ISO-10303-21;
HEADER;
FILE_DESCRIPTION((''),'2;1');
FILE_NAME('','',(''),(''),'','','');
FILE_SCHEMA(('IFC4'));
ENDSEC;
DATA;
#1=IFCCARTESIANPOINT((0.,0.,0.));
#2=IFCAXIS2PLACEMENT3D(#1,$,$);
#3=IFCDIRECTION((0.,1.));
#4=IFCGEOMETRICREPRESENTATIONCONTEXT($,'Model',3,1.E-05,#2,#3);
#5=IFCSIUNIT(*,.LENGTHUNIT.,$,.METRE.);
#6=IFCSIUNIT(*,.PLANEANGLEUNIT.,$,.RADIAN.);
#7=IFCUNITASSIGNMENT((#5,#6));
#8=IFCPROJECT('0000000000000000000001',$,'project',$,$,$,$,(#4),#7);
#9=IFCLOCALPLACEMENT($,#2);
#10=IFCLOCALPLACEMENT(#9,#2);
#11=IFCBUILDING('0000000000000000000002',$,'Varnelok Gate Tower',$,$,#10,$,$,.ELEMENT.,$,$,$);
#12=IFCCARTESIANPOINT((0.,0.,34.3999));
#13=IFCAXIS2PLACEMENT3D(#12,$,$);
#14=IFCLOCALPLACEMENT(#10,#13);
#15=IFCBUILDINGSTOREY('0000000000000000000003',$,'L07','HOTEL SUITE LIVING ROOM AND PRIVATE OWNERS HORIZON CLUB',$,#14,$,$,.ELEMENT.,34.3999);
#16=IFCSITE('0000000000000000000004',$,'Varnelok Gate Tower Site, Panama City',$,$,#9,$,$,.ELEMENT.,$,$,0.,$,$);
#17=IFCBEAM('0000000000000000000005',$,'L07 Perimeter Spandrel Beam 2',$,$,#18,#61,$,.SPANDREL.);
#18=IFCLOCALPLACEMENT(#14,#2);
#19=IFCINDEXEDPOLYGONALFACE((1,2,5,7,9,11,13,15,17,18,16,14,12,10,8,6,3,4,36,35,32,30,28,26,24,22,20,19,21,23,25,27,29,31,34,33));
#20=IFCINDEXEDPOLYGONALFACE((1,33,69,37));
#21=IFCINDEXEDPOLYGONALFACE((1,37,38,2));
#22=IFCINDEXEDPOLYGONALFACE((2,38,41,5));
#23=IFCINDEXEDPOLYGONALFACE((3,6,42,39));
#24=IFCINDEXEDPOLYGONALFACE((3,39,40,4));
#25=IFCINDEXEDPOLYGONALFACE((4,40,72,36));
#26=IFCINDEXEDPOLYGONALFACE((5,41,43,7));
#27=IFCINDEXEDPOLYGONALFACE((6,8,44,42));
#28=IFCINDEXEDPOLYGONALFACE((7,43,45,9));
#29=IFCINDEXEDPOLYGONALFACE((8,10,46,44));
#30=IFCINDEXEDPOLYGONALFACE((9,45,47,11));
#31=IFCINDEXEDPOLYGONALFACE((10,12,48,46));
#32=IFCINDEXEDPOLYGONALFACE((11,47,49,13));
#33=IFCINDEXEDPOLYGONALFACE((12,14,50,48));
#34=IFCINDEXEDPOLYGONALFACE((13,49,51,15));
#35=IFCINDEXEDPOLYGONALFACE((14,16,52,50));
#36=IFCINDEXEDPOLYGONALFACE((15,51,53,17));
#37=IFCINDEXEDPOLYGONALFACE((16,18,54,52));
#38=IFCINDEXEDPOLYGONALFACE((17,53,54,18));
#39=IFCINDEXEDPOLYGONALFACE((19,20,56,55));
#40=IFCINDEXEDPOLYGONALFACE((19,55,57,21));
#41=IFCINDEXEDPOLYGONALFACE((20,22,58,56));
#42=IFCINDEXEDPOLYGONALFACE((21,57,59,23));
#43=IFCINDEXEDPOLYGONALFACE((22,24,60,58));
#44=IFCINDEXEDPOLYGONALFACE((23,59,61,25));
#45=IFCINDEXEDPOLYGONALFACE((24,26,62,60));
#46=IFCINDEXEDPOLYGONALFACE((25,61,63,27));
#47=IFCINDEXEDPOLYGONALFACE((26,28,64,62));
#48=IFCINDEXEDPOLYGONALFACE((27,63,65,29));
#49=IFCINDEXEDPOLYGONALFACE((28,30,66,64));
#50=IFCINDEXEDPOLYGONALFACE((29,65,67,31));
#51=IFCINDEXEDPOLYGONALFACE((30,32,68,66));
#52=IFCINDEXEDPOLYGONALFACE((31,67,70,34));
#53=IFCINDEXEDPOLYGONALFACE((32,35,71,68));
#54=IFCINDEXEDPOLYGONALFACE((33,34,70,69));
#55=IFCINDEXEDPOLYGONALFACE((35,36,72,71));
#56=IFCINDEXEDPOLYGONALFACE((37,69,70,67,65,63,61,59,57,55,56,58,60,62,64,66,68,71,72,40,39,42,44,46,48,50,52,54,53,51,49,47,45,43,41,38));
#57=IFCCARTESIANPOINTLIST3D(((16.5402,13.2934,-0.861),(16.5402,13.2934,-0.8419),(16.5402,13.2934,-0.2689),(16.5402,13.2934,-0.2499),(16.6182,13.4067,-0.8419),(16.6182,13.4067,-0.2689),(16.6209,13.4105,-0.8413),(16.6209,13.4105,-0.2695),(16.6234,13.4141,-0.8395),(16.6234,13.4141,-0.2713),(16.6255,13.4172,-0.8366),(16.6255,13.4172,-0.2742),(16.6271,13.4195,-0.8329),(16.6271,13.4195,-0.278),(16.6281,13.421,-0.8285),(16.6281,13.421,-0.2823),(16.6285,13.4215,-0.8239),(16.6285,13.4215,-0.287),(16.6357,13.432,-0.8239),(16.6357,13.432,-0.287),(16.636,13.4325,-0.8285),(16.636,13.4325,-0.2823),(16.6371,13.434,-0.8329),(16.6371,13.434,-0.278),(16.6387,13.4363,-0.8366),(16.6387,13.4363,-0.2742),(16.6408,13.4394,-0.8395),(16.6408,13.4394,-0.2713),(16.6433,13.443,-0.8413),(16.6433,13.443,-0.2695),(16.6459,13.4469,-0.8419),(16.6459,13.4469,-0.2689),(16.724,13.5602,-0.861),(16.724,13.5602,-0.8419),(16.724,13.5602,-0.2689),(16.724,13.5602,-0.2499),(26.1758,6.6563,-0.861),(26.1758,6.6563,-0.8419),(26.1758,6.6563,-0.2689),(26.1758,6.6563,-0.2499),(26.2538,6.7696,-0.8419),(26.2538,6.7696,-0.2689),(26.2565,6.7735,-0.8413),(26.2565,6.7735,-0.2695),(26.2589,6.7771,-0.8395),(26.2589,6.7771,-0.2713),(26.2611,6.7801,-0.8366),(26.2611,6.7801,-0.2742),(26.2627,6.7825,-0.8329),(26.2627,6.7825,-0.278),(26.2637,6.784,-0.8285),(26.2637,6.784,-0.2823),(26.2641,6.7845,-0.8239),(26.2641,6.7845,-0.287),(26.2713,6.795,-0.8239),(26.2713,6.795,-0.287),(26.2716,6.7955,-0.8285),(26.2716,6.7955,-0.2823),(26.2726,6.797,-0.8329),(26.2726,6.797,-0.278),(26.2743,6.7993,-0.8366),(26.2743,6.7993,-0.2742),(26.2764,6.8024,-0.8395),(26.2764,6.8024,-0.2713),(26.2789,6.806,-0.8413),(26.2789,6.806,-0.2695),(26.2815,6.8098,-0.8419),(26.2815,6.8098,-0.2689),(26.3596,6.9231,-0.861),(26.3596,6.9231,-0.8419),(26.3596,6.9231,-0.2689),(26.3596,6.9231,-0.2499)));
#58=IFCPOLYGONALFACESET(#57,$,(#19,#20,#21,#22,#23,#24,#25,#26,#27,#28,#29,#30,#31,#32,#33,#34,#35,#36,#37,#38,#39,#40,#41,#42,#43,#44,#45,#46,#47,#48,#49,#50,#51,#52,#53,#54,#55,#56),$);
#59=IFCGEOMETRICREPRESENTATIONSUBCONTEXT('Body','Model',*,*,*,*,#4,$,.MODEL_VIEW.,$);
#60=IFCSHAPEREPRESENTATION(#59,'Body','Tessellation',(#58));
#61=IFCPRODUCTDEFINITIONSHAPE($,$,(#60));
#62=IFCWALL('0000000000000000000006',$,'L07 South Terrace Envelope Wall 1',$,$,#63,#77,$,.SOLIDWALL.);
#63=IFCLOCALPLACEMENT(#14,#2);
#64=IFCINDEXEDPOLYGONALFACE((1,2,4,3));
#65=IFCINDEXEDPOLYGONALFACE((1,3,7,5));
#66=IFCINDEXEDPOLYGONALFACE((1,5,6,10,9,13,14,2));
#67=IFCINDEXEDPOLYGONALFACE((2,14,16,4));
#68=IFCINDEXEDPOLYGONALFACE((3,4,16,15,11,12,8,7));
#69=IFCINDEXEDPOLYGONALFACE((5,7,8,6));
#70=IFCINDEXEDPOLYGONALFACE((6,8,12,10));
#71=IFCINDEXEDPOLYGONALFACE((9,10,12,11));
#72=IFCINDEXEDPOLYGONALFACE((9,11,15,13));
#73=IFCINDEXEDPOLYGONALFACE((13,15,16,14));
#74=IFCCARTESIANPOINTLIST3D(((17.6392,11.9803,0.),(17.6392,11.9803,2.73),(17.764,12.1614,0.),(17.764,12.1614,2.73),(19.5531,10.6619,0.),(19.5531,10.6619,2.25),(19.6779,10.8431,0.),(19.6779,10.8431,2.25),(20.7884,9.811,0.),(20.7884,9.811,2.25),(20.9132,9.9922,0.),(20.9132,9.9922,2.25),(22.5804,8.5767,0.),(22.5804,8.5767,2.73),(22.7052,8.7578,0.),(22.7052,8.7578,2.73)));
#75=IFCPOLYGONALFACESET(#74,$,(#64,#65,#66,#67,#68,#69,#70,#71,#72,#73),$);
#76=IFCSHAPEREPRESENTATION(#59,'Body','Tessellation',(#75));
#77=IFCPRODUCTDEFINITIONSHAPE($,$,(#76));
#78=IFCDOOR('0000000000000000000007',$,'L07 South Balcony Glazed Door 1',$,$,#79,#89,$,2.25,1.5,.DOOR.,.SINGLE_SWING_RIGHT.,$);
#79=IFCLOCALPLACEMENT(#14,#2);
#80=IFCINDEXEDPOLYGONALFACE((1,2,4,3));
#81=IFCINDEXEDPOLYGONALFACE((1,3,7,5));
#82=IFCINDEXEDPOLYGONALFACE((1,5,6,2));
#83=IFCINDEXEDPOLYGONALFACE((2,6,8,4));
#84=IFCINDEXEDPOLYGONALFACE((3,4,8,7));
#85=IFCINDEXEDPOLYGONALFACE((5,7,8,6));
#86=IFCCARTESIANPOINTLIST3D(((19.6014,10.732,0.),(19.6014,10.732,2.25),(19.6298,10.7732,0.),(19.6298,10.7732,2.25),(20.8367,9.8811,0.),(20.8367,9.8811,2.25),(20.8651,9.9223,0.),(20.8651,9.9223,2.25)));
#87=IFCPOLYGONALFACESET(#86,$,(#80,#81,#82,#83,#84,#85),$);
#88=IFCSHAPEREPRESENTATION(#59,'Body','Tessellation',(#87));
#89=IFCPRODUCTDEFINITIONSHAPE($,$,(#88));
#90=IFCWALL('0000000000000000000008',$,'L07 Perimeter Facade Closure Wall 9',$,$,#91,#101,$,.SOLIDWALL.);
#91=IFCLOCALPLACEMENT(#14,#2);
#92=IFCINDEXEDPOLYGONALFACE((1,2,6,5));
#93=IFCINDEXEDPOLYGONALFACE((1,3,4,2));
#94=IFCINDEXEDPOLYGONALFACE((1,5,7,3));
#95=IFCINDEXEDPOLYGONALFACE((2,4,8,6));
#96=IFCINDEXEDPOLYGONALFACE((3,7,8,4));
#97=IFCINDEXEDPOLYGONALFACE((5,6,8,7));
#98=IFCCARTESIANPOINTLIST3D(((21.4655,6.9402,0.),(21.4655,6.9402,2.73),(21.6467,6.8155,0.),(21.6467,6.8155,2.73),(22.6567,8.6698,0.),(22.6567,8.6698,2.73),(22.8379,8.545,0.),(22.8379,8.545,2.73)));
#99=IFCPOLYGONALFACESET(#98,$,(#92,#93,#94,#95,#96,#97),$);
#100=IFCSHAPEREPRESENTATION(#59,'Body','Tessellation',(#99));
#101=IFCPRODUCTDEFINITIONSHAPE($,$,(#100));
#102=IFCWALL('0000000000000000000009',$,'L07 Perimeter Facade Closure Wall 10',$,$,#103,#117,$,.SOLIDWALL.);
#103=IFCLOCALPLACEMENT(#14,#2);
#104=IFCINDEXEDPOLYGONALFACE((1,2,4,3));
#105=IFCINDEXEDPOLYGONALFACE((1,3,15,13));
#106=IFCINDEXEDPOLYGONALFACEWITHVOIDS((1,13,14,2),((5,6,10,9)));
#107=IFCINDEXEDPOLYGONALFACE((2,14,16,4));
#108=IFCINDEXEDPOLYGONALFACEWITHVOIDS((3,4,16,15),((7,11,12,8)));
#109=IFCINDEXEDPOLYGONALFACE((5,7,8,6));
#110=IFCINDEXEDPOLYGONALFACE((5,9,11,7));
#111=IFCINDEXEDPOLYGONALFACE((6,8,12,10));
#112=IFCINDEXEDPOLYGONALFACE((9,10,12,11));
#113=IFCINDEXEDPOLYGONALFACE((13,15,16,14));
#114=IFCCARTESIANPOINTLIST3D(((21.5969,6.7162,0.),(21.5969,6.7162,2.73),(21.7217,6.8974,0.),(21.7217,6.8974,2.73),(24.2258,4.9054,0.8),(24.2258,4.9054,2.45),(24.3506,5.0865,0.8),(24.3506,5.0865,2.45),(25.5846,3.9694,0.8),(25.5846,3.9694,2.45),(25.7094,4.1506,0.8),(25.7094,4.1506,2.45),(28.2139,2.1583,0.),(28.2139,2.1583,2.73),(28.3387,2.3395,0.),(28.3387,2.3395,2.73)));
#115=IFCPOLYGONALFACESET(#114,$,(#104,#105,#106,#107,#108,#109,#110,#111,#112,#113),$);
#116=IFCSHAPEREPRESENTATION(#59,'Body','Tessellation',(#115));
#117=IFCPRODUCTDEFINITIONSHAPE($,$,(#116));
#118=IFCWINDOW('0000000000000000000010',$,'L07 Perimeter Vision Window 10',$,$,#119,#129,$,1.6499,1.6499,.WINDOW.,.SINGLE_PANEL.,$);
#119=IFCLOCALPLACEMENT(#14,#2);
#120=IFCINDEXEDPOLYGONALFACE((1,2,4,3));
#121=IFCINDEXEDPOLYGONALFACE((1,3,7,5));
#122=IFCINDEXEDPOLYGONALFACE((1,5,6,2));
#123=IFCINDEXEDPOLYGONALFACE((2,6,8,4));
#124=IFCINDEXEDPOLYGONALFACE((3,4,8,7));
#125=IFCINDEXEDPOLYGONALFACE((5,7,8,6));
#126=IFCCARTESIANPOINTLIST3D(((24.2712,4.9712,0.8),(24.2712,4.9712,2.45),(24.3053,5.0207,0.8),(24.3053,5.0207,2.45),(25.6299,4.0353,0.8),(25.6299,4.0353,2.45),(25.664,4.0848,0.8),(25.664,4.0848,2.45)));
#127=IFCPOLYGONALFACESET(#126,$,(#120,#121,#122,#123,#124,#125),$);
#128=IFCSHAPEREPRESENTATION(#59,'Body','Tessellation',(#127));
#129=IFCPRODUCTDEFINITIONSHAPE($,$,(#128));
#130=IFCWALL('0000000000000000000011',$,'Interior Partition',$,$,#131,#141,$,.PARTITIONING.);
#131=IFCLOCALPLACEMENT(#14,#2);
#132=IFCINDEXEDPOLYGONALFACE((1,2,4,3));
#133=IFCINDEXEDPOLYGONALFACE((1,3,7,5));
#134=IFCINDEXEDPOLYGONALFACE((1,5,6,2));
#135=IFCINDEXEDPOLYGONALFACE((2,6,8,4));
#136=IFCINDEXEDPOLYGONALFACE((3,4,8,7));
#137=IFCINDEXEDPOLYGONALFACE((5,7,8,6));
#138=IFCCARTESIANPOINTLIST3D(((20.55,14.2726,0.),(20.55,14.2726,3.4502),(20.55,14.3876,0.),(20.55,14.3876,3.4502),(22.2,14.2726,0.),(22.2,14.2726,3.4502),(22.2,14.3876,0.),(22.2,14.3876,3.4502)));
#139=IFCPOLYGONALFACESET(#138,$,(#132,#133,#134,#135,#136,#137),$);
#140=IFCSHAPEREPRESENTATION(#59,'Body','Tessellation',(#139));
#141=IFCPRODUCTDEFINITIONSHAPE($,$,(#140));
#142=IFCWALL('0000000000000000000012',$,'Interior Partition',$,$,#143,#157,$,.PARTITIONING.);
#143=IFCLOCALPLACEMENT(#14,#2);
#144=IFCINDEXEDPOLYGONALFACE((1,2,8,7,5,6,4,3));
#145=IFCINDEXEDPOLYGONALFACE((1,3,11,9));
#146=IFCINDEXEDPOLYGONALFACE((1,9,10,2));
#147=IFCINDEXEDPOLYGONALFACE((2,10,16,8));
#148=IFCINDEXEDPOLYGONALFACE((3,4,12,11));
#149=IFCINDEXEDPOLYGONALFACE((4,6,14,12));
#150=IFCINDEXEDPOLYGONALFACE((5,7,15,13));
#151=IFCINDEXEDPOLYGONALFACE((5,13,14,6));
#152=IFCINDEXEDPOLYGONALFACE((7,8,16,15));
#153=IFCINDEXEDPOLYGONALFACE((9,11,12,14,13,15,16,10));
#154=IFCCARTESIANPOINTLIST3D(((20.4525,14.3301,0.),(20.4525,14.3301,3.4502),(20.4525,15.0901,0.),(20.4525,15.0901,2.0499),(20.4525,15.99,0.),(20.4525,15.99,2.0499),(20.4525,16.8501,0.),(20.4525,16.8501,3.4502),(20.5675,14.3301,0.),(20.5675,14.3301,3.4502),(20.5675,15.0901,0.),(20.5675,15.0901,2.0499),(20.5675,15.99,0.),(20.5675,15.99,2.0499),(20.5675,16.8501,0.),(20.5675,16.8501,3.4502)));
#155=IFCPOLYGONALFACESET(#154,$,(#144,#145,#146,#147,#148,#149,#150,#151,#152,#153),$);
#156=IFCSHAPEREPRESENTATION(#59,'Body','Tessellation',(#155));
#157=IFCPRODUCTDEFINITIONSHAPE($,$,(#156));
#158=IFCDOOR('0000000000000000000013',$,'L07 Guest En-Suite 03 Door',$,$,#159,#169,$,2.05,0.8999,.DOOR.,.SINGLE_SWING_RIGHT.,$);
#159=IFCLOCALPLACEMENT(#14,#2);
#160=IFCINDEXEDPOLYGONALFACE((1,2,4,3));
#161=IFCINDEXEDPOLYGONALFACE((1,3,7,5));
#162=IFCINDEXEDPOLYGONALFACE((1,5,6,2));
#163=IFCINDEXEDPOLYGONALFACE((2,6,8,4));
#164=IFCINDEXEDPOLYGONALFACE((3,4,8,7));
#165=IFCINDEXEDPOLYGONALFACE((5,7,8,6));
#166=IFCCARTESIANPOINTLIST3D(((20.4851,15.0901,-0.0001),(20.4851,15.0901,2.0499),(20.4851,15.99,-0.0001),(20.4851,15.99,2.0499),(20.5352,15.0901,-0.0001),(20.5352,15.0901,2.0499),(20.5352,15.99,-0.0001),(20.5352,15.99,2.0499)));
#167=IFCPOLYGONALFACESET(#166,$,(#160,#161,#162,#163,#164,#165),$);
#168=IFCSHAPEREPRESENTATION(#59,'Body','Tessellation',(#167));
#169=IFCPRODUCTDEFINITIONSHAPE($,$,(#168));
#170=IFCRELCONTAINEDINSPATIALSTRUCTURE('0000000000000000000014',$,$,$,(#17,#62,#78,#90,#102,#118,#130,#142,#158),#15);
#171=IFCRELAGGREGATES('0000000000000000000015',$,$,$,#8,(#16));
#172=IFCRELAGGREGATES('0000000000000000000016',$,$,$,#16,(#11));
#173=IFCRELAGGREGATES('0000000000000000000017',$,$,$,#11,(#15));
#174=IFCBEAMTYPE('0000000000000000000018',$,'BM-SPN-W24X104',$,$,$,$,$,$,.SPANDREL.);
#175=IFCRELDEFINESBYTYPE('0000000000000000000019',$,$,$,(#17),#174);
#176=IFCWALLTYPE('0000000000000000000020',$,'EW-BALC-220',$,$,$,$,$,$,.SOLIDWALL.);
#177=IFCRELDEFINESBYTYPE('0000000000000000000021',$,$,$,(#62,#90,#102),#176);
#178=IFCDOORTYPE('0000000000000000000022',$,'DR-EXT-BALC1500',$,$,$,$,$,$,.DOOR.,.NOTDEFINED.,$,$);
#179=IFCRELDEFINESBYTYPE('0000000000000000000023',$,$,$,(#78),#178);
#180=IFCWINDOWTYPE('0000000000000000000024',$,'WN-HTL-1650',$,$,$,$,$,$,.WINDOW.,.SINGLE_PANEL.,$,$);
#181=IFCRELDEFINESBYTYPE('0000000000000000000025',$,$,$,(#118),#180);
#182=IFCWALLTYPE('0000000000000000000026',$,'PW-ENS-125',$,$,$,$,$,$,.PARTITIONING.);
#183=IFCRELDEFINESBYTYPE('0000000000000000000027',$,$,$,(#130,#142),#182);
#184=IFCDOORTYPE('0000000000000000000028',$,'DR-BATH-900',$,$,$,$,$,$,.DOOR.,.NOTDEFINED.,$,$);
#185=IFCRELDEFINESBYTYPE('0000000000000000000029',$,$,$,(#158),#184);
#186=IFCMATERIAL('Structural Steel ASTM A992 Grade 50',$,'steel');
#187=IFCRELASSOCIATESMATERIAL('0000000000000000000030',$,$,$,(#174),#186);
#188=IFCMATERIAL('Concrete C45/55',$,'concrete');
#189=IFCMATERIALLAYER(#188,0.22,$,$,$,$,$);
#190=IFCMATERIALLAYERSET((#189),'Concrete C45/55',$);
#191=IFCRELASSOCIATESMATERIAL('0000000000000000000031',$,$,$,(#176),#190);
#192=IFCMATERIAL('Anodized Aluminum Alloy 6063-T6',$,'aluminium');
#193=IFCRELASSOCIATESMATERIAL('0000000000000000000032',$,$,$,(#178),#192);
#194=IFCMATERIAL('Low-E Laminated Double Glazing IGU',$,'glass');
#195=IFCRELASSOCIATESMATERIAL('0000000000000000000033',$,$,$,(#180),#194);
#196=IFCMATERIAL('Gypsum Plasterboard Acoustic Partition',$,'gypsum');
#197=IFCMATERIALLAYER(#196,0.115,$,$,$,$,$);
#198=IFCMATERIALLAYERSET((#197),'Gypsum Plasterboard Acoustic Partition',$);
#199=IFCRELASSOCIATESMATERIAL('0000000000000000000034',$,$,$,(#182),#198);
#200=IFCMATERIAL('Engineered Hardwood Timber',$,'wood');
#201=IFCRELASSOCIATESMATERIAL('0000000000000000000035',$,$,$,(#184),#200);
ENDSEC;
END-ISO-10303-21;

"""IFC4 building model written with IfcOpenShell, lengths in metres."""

from ifc_helpers import new_model, si_unit, direction, frame, frame_2d, origin, origin_2d, place, context, subcontext, project, spatial, rectangle, i_section, extrude, material, layer, layer_set, material_profile, profile_set, type_object, element, fill, save


model = new_model("IFC4")

# Units and contexts
model_context = context("Model", 3, precision=1e-05, world=origin(), true_north=direction((0.0, 1.0)))
body_context = subcontext(model_context, "Body", "Model", "MODEL_VIEW")
ifc_project = project(units=[si_unit("LENGTHUNIT", "METRE"), si_unit("PLANEANGLEUNIT", "RADIAN")], contexts=[model_context])

# Site, building, storey
site_placement = place(None, origin())
site = spatial("IfcSite", under=ifc_project, at=site_placement, Name="Varnelok Gate Tower Site, Panama City", CompositionType="ELEMENT", RefElevation=0.0)
building_placement = place(site_placement, origin())
building = spatial("IfcBuilding", under=site, at=building_placement, Name="Varnelok Gate Tower", CompositionType="ELEMENT")
storey_placement = place(building_placement, frame((0.0, 0.0, 34.3999)))
storey = spatial("IfcBuildingStorey", under=building, at=storey_placement, Name="L07", Description="HOTEL SUITE LIVING ROOM AND PRIVATE OWNERS HORIZON CLUB", CompositionType="ELEMENT", Elevation=34.3999)

# Shared definitions
ifc_material_1 = material(Name="Structural Steel ASTM A992 Grade 50", Category="steel")

# Beam
ifc_material_profile_1 = material_profile(ifc_material_1, i_section(OverallWidth=0.324, OverallDepth=0.6111, WebThickness=0.0127, FlangeThickness=0.019, FilletRadius=0.0181, at=origin_2d()), Name="W24X104")
ifc_profile_set_1 = profile_set([ifc_material_profile_1], Name="Structural Steel ASTM A992 Grade 50")
beam_type_1 = type_object("IfcBeamType", Name="BM-SPN-W24X104", PredefinedType="SPANDREL", material=ifc_profile_set_1)
beam_1_placement = place(storey_placement, frame((16.6321, 13.4268, -0.5554), z_axis=(0.823541, -0.567257, 0.0), x_axis=(0.567257, 0.823541, 0.0)))
element("IfcBeam", 1, at=beam_1_placement, inside=storey, type_object=beam_type_1, Name="L07 Perimeter Spandrel Beam 2", PredefinedType="SPANDREL", context=body_context, shape_type="SweptSolid", body=[
    extrude(i_section(OverallWidth=0.324, OverallDepth=0.6111, WebThickness=0.0127, FlangeThickness=0.019, FilletRadius=0.0181, at=origin_2d()), origin(), (0.0, 0.0, 1.0), 11.7002),
])

# Wall, opening, door
ifc_material_2 = material(Name="Concrete C45/55", Category="concrete")
ifc_layer_1 = layer(ifc_material_2, 0.22)
ifc_layer_set_1 = layer_set([ifc_layer_1], Name="Concrete C45/55")
wall_type_1 = type_object("IfcWallType", Name="EW-BALC-220", PredefinedType="SOLIDWALL", material=ifc_layer_set_1)
wall_1_placement = place(storey_placement, frame((22.6428, 8.6672, 0.0), z_axis=(0.0, 0.0, 1.0), x_axis=(-0.823535, 0.567266, 0.0)))
wall_1 = element("IfcWall", 2, at=wall_1_placement, inside=storey, type_object=wall_type_1, Name="L07 South Terrace Envelope Wall 1", PredefinedType="SOLIDWALL", context=body_context, shape_type="SweptSolid", body=[
    extrude(rectangle(XDim=6.0, YDim=0.22, at=frame_2d((3.0, 0.0))), origin(), (0.0, 0.0, 1.0), 2.73),
])
opening_1_placement = place(wall_1_placement, frame((2.176, 0.0, 0.0)))
opening_1 = element("IfcOpeningElement", 3, at=opening_1_placement, cuts=wall_1, PredefinedType="OPENING", context=body_context, shape_type="SweptSolid", body=[
    extrude(rectangle(XDim=1.5, YDim=2.25, at=frame_2d((0.75, 1.125))), frame((0.0, 0.1199, 0.0), z_axis=(0.0, -1.0, 0.0), x_axis=(1.0, 0.0, 0.0)), (0.0, 0.0, 1.0), 0.24),
])
ifc_material_3 = material(Name="Anodized Aluminum Alloy 6063-T6", Category="aluminium")
door_type_1 = type_object("IfcDoorType", Name="DR-EXT-BALC1500", OperationType="NOTDEFINED", PredefinedType="DOOR", material=ifc_material_3)
door_1_placement = place(opening_1_placement, origin())
door_1 = element("IfcDoor", 4, at=door_1_placement, inside=storey, type_object=door_type_1, Name="L07 South Balcony Glazed Door 1", OperationType="SINGLE_SWING_RIGHT", OverallHeight=2.25, OverallWidth=1.5, PredefinedType="DOOR", context=body_context, shape_type="SweptSolid", body=[
    extrude(rectangle(XDim=1.5, YDim=2.25, at=frame_2d((0.75, 1.125))), frame((0.0, 0.0249, 0.0), z_axis=(0.0, -1.0, 0.0), x_axis=(1.0, 0.0, 0.0)), (0.0, 0.0, 1.0), 0.05),
])
fill(opening_1, door_1)

# Wall
wall_2_placement = place(storey_placement, frame((22.7473, 8.6074, 0.0), z_axis=(0.0, 0.0, 1.0), x_axis=(-0.567219, -0.823567, 0.0)))
element("IfcWall", 5, at=wall_2_placement, inside=storey, type_object=wall_type_1, Name="L07 Perimeter Facade Closure Wall 9", PredefinedType="SOLIDWALL", context=body_context, shape_type="SweptSolid", body=[
    extrude(rectangle(XDim=2.1001, YDim=0.22, at=frame_2d((1.05, 0.0))), origin(), (0.0, 0.0, 1.0), 2.73),
])

# Wall, opening, window
wall_3_placement = place(storey_placement, frame((21.6592, 6.8069, 0.0), z_axis=(0.0, 0.0, 1.0), x_axis=(0.823535, -0.567265, 0.0)))
wall_3 = element("IfcWall", 6, at=wall_3_placement, inside=storey, type_object=wall_type_1, Name="L07 Perimeter Facade Closure Wall 10", PredefinedType="SOLIDWALL", context=body_context, shape_type="SweptSolid", body=[
    extrude(rectangle(XDim=8.0349, YDim=0.22, at=frame_2d((4.0176, 0.0))), origin(), (0.0, 0.0, 1.0), 2.73),
])
opening_2_placement = place(wall_3_placement, frame((3.1924, 0.0, 0.8)))
opening_2 = element("IfcOpeningElement", 7, at=opening_2_placement, cuts=wall_3, PredefinedType="OPENING", context=body_context, shape_type="SweptSolid", body=[
    extrude(rectangle(XDim=1.6499, YDim=1.6499, at=frame_2d((0.825, 0.825))), frame((0.0, 0.1199, 0.0), z_axis=(0.0, -1.0, 0.0), x_axis=(1.0, 0.0, 0.0)), (0.0, 0.0, 1.0), 0.24),
])
ifc_material_4 = material(Name="Low-E Laminated Double Glazing IGU", Category="glass")
window_type = type_object("IfcWindowType", Name="WN-HTL-1650", PartitioningType="SINGLE_PANEL", PredefinedType="WINDOW", material=ifc_material_4)
window_placement = place(opening_2_placement, origin())
window = element("IfcWindow", 8, at=window_placement, inside=storey, type_object=window_type, Name="L07 Perimeter Vision Window 10", OverallHeight=1.6499, OverallWidth=1.6499, PartitioningType="SINGLE_PANEL", PredefinedType="WINDOW", context=body_context, shape_type="SweptSolid", body=[
    extrude(rectangle(XDim=1.6499, YDim=1.6499, at=frame_2d((0.825, 0.825))), frame((0.0, 0.03, 0.0), z_axis=(0.0, -1.0, 0.0), x_axis=(1.0, 0.0, 0.0)), (0.0, 0.0, 1.0), 0.0601),
])
fill(opening_2, window)

# Shared definitions
ifc_material_5 = material(Name="Gypsum Plasterboard Acoustic Partition", Category="gypsum")
ifc_material_6 = material(Name="Engineered Hardwood Timber", Category="wood")

# Wall
ifc_layer_2 = layer(ifc_material_5, 0.115)
ifc_layer_set_2 = layer_set([ifc_layer_2], Name="Gypsum Plasterboard Acoustic Partition")
wall_type_2 = type_object("IfcWallType", Name="PW-ENS-125", PredefinedType="PARTITIONING", material=ifc_layer_set_2)
wall_4_placement = place(storey_placement, frame((20.55, 14.3301, 0.0), z_axis=(0.0, 0.0, 1.0), x_axis=(1.0, 0.0, 0.0)))
element("IfcWall", 9, at=wall_4_placement, inside=storey, type_object=wall_type_2, Name="Interior Partition", PredefinedType="PARTITIONING", context=body_context, shape_type="SweptSolid", body=[
    extrude(rectangle(XDim=1.6499, YDim=0.115, at=frame_2d((0.825, 0.0))), origin(), (0.0, 0.0, 1.0), 3.4502),
])

# Wall, opening, door
wall_5_placement = place(storey_placement, frame((20.51, 14.3301, 0.0), z_axis=(0.0, 0.0, 1.0), x_axis=(0.0, 1.0, 0.0)))
wall_5 = element("IfcWall", 10, at=wall_5_placement, inside=storey, type_object=wall_type_2, Name="Interior Partition", PredefinedType="PARTITIONING", context=body_context, shape_type="SweptSolid", body=[
    extrude(rectangle(XDim=2.52, YDim=0.115, at=frame_2d((1.26, 0.0))), origin(), (0.0, 0.0, 1.0), 3.4502),
])
opening_3_placement = place(wall_5_placement, frame((0.76, 0.0, 0.0)))
opening_3 = element("IfcOpeningElement", 11, at=opening_3_placement, cuts=wall_5, PredefinedType="OPENING", context=body_context, shape_type="SweptSolid", body=[
    extrude(rectangle(XDim=0.8999, YDim=2.05, at=frame_2d((0.45, 1.0249))), frame((0.0, 0.0674, 0.0), z_axis=(0.0, -1.0, 0.0), x_axis=(1.0, 0.0, 0.0)), (0.0, 0.0, 1.0), 0.135),
])
door_type_2 = type_object("IfcDoorType", Name="DR-BATH-900", OperationType="NOTDEFINED", PredefinedType="DOOR", material=ifc_material_6)
door_2_placement = place(opening_3_placement, origin())
door_2 = element("IfcDoor", 12, at=door_2_placement, inside=storey, type_object=door_type_2, Name="L07 Guest En-Suite 03 Door", OperationType="SINGLE_SWING_RIGHT", OverallHeight=2.05, OverallWidth=0.8999, PredefinedType="DOOR", context=body_context, shape_type="SweptSolid", body=[
    extrude(rectangle(XDim=0.8999, YDim=2.05, at=frame_2d((0.45, 1.0249))), frame((0.0, 0.0249, 0.0), z_axis=(0.0, -1.0, 0.0), x_axis=(1.0, 0.0, 0.0)), (0.0, 0.0, 1.0), 0.05),
])
fill(opening_3, door_2)

save(model, "model.ifc")
